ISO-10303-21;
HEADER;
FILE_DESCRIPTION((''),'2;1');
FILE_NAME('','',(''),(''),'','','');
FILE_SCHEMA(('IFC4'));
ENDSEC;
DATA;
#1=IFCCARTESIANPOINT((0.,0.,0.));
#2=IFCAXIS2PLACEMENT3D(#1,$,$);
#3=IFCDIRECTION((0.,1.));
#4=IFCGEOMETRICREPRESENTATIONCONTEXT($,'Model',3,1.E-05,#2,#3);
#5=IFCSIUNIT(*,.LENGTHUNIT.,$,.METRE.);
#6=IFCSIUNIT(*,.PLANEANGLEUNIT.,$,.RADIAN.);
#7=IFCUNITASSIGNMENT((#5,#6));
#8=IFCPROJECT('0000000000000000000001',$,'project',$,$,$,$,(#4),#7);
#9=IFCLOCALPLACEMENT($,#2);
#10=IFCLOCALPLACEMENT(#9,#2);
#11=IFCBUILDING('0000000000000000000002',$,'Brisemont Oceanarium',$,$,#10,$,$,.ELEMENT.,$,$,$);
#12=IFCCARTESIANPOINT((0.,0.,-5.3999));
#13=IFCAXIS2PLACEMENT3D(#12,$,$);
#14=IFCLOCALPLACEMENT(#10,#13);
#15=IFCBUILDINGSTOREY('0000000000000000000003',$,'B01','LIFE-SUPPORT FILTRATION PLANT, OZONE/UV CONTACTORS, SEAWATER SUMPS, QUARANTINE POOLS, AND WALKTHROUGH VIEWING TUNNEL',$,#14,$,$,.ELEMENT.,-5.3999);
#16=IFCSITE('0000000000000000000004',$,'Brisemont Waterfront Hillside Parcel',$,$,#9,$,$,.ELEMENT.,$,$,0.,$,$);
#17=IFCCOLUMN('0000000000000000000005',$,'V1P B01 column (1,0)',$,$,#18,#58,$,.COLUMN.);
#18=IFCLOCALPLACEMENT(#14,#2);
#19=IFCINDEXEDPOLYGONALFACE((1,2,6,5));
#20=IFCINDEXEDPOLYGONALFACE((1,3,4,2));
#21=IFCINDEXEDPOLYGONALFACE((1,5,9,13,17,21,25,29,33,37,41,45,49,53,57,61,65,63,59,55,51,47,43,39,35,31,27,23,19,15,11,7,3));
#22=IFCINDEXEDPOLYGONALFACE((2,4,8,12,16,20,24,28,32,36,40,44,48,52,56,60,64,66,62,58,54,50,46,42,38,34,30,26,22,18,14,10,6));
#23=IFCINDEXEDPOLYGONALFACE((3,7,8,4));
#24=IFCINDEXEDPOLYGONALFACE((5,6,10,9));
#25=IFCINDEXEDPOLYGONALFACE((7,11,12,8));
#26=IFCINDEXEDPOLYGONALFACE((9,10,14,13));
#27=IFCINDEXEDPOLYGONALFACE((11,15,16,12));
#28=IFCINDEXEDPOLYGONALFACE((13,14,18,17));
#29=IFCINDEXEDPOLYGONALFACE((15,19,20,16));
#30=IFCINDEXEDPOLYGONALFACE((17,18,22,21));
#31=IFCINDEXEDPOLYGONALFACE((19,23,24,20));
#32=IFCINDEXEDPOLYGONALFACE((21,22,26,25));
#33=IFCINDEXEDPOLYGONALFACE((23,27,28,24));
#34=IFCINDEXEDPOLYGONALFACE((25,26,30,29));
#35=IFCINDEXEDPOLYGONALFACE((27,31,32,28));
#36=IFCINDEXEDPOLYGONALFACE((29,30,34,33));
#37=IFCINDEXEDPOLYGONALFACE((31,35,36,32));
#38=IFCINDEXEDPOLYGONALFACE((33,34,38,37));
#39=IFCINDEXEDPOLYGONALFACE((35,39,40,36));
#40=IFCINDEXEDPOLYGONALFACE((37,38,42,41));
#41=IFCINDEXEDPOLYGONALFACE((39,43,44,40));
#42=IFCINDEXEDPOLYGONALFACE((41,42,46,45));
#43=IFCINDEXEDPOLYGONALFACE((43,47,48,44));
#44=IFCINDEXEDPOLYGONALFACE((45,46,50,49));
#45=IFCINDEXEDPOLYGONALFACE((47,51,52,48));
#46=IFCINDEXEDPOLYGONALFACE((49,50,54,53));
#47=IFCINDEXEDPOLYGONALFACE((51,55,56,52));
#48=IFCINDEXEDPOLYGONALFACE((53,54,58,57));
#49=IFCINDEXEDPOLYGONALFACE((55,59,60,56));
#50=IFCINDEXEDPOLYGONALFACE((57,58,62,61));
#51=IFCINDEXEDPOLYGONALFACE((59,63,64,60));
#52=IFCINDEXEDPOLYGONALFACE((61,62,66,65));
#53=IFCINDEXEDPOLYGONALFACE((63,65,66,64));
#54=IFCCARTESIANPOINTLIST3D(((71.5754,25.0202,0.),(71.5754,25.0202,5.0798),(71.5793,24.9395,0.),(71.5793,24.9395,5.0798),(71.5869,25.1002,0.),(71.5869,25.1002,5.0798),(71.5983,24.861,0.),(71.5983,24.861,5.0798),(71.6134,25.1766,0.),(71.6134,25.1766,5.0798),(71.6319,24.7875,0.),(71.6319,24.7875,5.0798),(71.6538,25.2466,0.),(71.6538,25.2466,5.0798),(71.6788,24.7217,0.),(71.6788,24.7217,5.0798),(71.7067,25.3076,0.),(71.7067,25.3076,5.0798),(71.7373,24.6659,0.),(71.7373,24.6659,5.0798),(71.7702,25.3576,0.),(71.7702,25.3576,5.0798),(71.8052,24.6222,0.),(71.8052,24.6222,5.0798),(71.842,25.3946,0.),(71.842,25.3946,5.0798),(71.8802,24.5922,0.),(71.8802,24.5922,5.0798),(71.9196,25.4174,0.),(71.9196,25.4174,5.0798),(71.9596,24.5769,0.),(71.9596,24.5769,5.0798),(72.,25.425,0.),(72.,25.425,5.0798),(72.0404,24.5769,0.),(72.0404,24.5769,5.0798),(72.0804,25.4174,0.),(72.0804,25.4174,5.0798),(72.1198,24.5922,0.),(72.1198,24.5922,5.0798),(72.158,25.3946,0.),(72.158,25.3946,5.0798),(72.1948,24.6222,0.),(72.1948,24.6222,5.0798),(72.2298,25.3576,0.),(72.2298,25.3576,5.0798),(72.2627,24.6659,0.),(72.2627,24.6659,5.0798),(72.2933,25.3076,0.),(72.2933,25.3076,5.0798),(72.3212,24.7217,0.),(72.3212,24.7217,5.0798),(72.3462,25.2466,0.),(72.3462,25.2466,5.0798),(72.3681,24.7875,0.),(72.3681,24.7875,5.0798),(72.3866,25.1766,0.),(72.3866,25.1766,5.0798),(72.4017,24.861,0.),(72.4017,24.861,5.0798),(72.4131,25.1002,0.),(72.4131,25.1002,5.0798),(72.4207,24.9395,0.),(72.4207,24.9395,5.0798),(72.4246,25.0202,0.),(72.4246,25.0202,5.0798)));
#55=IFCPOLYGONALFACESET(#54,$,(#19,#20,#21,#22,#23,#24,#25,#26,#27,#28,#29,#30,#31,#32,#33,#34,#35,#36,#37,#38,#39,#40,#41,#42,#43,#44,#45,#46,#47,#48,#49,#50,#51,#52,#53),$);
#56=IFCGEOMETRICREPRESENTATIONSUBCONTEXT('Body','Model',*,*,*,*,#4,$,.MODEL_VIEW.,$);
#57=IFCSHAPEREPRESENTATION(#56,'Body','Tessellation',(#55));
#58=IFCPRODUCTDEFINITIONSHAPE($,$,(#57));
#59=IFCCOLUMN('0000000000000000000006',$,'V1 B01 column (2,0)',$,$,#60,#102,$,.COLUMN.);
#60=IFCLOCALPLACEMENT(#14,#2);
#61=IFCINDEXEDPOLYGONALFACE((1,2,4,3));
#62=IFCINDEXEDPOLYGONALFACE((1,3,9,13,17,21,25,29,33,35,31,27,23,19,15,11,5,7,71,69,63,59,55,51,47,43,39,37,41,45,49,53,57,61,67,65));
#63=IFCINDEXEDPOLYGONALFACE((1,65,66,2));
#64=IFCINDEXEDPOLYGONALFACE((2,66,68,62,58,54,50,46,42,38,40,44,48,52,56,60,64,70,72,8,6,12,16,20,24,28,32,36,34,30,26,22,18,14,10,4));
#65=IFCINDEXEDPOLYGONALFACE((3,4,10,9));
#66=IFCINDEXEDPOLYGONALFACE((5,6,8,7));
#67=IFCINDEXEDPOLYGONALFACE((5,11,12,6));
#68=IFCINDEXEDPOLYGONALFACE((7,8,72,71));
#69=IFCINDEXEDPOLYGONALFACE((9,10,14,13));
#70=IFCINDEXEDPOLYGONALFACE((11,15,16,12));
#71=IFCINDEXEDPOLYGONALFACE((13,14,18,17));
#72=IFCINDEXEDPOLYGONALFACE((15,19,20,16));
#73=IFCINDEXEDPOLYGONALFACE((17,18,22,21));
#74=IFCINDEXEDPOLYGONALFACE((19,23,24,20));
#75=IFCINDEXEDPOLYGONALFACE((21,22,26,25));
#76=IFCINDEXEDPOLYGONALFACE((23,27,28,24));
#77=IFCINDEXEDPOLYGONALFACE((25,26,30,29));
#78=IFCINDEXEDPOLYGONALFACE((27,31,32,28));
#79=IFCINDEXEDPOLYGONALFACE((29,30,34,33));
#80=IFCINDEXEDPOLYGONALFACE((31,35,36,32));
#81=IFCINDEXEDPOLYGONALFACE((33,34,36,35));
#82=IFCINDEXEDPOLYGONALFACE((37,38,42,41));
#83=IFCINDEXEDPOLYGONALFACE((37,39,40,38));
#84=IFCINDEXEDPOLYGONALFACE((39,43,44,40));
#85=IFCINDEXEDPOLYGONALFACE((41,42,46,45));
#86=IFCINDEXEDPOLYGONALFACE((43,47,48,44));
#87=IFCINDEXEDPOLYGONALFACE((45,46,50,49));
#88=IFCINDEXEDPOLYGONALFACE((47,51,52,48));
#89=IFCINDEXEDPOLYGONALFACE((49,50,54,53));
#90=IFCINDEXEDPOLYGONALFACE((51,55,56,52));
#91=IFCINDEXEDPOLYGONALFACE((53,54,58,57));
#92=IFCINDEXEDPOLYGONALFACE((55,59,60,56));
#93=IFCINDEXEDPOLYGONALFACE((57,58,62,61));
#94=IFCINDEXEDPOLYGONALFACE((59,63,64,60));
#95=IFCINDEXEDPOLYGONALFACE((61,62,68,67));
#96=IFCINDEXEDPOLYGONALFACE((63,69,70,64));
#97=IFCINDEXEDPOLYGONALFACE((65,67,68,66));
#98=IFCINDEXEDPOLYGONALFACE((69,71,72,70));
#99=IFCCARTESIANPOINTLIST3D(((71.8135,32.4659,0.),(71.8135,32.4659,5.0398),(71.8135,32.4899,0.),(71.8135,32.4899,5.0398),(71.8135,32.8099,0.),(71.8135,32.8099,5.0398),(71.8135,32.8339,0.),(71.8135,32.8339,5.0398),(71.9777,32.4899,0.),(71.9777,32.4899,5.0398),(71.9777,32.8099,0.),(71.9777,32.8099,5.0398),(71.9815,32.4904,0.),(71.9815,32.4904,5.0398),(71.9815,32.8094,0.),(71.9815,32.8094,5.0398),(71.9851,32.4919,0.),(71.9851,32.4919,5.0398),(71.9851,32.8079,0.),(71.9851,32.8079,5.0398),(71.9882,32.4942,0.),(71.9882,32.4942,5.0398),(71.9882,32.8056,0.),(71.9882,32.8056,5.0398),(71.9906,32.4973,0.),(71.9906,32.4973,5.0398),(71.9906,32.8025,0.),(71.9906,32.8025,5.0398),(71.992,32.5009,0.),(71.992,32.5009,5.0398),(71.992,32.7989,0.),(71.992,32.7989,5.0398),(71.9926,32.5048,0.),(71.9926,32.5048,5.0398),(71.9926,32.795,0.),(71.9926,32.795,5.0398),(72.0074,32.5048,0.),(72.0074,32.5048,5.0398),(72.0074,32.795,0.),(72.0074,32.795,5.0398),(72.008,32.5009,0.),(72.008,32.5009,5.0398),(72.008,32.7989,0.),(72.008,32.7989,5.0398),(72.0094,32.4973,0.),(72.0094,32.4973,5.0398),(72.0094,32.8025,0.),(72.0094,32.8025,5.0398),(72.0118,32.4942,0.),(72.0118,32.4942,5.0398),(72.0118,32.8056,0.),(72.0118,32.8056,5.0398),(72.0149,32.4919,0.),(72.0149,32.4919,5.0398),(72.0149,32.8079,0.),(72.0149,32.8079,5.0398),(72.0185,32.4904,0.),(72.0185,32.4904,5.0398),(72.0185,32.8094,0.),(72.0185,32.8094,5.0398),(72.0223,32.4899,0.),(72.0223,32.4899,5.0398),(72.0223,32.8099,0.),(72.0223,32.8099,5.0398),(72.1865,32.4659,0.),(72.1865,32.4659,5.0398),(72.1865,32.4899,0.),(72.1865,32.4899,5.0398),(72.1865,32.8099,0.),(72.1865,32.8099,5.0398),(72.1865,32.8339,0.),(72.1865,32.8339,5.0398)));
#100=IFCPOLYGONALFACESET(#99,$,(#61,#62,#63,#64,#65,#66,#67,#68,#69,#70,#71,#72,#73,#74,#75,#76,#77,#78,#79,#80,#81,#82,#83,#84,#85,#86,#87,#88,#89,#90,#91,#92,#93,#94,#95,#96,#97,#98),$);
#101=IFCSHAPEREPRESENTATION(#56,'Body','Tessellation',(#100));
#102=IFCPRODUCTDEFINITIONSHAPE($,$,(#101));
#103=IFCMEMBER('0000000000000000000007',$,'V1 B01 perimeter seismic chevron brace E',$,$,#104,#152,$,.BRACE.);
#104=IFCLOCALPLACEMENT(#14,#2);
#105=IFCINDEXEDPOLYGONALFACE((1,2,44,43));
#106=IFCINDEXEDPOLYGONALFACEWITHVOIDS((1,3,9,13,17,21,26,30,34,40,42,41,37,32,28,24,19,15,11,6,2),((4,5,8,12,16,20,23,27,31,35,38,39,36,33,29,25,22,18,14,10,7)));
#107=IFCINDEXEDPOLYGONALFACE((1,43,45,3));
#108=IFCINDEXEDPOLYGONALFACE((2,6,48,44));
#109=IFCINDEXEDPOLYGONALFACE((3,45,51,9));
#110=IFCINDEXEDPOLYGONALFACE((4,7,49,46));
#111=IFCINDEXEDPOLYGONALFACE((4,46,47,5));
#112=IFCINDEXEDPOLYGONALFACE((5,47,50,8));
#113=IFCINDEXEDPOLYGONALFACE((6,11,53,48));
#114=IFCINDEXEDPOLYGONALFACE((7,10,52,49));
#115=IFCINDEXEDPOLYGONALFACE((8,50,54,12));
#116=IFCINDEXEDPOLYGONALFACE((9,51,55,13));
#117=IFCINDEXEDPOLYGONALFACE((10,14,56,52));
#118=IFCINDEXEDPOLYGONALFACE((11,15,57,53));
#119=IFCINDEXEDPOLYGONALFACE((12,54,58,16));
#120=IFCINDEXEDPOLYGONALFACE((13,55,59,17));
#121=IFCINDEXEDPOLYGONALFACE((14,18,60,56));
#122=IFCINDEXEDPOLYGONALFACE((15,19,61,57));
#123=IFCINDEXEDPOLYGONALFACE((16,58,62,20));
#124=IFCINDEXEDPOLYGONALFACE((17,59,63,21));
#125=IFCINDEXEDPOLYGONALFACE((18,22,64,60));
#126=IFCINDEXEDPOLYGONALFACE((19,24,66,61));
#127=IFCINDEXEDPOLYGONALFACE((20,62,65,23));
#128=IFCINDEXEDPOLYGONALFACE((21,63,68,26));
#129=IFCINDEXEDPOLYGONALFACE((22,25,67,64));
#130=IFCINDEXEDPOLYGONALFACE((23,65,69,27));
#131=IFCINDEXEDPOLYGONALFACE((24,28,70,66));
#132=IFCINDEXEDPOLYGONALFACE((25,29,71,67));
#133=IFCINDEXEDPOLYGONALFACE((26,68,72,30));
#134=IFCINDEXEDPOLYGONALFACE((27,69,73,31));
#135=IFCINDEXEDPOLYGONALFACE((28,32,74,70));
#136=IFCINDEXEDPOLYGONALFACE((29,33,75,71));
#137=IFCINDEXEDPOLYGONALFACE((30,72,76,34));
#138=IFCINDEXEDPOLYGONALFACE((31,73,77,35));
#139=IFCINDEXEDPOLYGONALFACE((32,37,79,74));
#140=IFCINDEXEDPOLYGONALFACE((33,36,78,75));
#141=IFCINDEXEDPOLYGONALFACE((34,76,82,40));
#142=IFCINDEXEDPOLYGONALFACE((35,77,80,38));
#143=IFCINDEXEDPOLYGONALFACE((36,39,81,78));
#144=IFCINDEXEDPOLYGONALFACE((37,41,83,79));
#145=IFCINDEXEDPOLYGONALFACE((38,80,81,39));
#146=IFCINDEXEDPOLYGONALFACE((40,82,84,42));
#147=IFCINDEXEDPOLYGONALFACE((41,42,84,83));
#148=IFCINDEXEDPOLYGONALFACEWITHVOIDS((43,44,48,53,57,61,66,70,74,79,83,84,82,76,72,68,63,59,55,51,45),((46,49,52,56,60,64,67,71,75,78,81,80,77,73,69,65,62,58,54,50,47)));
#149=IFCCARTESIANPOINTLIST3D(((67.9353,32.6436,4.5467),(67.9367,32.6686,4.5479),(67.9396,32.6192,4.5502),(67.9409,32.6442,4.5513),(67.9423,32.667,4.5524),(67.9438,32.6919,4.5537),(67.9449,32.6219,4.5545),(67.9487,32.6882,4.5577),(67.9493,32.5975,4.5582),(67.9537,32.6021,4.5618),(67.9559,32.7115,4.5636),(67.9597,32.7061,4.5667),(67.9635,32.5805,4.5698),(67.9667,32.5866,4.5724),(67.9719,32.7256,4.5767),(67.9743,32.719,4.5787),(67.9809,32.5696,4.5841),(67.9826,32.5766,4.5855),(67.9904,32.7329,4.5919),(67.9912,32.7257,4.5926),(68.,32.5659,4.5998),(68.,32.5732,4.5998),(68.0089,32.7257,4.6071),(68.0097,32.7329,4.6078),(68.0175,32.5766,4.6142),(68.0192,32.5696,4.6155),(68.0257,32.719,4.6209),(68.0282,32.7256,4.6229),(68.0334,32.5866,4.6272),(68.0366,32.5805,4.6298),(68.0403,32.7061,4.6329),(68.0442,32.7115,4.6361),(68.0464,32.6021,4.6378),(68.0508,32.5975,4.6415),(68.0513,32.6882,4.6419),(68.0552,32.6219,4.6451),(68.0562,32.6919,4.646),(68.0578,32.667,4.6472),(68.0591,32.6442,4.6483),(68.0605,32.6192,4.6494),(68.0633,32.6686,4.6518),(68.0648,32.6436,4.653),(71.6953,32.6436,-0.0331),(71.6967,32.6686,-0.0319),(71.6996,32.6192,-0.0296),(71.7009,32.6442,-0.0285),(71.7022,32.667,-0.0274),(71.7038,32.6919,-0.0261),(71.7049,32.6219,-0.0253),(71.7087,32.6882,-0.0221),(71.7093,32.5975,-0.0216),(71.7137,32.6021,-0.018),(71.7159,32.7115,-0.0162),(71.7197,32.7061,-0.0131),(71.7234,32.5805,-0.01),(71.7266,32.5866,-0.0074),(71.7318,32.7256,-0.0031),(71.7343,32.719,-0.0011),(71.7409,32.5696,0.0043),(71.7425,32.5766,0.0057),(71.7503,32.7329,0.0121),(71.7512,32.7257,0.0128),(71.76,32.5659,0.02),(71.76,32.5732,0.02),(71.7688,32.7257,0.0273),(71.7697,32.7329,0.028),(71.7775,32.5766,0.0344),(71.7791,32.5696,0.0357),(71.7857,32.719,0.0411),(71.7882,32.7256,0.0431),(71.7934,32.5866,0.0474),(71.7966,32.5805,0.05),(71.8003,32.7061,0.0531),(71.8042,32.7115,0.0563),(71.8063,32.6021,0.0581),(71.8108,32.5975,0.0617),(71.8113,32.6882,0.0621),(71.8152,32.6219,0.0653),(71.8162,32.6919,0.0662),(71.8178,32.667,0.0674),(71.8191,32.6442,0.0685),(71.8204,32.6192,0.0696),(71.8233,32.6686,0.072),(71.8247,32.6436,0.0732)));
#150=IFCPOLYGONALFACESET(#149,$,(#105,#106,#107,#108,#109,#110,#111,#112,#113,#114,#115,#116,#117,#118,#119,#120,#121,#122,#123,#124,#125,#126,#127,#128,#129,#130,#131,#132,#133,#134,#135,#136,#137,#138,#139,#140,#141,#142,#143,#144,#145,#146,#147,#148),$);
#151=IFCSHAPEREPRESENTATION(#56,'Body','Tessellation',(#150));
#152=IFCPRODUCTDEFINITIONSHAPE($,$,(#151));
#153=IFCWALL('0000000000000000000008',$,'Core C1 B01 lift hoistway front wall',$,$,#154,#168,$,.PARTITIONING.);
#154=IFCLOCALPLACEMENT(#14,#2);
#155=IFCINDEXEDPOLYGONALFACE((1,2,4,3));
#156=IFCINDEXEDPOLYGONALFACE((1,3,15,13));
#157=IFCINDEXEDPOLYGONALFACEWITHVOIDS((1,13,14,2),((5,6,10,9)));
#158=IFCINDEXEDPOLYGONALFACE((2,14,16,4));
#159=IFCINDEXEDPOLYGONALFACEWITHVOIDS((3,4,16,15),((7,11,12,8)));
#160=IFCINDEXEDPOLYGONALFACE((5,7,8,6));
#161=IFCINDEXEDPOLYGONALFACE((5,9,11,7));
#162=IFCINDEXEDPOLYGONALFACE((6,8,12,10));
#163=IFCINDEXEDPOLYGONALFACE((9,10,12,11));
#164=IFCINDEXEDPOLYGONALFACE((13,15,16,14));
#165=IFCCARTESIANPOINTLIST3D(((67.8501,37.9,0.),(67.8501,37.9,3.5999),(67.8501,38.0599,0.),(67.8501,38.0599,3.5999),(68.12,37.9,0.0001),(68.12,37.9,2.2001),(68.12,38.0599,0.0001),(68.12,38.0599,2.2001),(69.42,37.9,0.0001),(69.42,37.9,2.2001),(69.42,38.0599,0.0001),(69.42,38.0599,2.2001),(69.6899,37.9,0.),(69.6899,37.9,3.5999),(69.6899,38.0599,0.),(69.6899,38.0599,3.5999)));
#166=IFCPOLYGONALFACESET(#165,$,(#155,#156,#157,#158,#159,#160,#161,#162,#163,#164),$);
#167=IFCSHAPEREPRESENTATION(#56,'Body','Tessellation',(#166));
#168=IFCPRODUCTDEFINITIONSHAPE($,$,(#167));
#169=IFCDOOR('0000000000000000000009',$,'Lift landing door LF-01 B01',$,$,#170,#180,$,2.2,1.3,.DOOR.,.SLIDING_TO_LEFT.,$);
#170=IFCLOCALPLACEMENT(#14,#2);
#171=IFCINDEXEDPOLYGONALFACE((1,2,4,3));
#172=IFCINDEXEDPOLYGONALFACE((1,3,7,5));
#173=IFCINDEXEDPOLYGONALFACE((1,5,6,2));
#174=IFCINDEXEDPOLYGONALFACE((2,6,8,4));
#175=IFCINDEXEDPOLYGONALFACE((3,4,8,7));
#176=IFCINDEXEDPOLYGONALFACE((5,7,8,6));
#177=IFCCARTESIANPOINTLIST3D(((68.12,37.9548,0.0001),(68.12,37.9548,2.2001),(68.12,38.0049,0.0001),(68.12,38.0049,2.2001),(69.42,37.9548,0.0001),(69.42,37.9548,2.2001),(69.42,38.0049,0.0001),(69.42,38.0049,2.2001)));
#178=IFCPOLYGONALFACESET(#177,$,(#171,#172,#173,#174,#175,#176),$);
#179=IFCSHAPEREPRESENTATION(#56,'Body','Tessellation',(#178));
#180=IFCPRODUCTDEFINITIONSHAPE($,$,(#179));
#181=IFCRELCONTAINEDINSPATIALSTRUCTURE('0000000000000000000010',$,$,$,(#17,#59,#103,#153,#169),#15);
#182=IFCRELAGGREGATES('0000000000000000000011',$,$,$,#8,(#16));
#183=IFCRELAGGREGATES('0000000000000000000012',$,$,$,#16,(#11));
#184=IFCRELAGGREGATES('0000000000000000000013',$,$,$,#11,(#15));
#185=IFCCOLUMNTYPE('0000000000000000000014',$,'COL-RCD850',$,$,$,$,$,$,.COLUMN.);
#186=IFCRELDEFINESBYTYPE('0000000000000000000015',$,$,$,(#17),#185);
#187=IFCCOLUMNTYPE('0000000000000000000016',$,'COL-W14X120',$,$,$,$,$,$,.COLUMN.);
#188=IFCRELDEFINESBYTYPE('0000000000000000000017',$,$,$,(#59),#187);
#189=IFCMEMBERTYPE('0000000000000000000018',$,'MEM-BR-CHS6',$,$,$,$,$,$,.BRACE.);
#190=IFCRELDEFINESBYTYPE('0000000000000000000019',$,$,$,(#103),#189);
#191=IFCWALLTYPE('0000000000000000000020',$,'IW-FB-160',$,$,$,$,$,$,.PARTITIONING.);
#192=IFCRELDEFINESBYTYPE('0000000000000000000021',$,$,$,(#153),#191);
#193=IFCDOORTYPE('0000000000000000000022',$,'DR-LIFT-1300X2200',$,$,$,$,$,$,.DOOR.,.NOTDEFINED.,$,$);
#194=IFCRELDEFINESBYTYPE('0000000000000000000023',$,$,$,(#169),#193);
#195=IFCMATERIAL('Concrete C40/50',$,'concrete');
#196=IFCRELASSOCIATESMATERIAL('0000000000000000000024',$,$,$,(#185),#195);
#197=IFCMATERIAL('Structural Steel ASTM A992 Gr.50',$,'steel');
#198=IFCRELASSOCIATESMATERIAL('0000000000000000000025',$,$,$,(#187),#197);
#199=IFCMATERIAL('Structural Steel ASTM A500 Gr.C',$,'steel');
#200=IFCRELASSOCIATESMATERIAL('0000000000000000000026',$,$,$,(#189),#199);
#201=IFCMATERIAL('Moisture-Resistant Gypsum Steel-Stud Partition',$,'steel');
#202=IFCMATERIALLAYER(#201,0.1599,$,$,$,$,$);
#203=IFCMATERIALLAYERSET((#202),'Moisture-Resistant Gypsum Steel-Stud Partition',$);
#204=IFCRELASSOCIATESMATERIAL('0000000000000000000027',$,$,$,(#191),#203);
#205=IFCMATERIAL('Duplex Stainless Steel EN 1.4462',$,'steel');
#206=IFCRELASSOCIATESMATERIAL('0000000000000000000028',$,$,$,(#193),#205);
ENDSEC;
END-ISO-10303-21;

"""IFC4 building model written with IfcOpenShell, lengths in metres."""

from ifc_helpers import new_model, si_unit, direction, frame, frame_2d, origin, origin_2d, place, context, subcontext, project, spatial, rectangle, circle, hollow_circle, i_section, extrude, material, layer, layer_set, material_profile, profile_set, type_object, element, fill, save


model = new_model("IFC4")

# Units and contexts
model_context = context("Model", 3, precision=1e-05, world=origin(), true_north=direction((0.0, 1.0)))
body_context = subcontext(model_context, "Body", "Model", "MODEL_VIEW")
ifc_project = project(units=[si_unit("LENGTHUNIT", "METRE"), si_unit("PLANEANGLEUNIT", "RADIAN")], contexts=[model_context])

# Site, building, storey
site_placement = place(None, origin())
site = spatial("IfcSite", under=ifc_project, at=site_placement, Name="Brisemont Waterfront Hillside Parcel", CompositionType="ELEMENT", RefElevation=0.0)
building_placement = place(site_placement, origin())
building = spatial("IfcBuilding", under=site, at=building_placement, Name="Brisemont Oceanarium", CompositionType="ELEMENT")
storey_placement = place(building_placement, frame((0.0, 0.0, -5.3999)))
storey = spatial("IfcBuildingStorey", under=building, at=storey_placement, Name="B01", Description="LIFE-SUPPORT FILTRATION PLANT, OZONE/UV CONTACTORS, SEAWATER SUMPS, QUARANTINE POOLS, AND WALKTHROUGH VIEWING TUNNEL", CompositionType="ELEMENT", Elevation=-5.3999)

# Columns
ifc_material_1 = material(Name="Concrete C40/50", Category="concrete")
ifc_material_profile_1 = material_profile(ifc_material_1, circle(Radius=0.425, at=origin_2d()), Name="RC-COL-D850")
ifc_profile_set_1 = profile_set([ifc_material_profile_1], Name="Concrete C40/50")
column_type_1 = type_object("IfcColumnType", Name="COL-RCD850", PredefinedType="COLUMN", material=ifc_profile_set_1)
column_1_placement = place(storey_placement, frame((72.0, 25.0, 0.0), z_axis=(0.0, 0.0, 1.0), x_axis=(0.0, 1.0, 0.0)))
element("IfcColumn", 1, at=column_1_placement, inside=storey, type_object=column_type_1, Name="V1P B01 column (1,0)", PredefinedType="COLUMN", context=body_context, shape_type="SweptSolid", body=[
    extrude(circle(Radius=0.425, at=origin_2d()), origin(), (0.0, 0.0, 1.0), 5.0798),
])
ifc_material_2 = material(Name="Structural Steel ASTM A992 Gr.50", Category="steel")
ifc_material_profile_2 = material_profile(ifc_material_2, i_section(OverallWidth=0.373, OverallDepth=0.3679, WebThickness=0.0149, FlangeThickness=0.0239, FilletRadius=0.0149, at=origin_2d()), Name="W14X120")
ifc_profile_set_2 = profile_set([ifc_material_profile_2], Name="Structural Steel ASTM A992 Gr.50")
column_type_2 = type_object("IfcColumnType", Name="COL-W14X120", PredefinedType="COLUMN", material=ifc_profile_set_2)
column_2_placement = place(storey_placement, frame((72.0, 32.6499, 0.0), z_axis=(0.0, 0.0, 1.0), x_axis=(1.0, 0.0, 0.0)))
element("IfcColumn", 2, at=column_2_placement, inside=storey, type_object=column_type_2, Name="V1 B01 column (2,0)", PredefinedType="COLUMN", context=body_context, shape_type="SweptSolid", body=[
    extrude(i_section(OverallWidth=0.373, OverallDepth=0.3679, WebThickness=0.0149, FlangeThickness=0.0239, FilletRadius=0.0149, at=origin_2d()), origin(), (0.0, 0.0, 1.0), 5.0398),
])

# Member
ifc_material_3 = material(Name="Structural Steel ASTM A500 Gr.C", Category="steel")
ifc_material_profile_3 = material_profile(ifc_material_3, hollow_circle(Radius=0.084, WallThickness=0.0073, at=origin_2d()), Name="HSS6.625X0.312")
ifc_profile_set_3 = profile_set([ifc_material_profile_3], Name="Structural Steel ASTM A500 Gr.C")
member_type = type_object("IfcMemberType", Name="MEM-BR-CHS6", PredefinedType="BRACE", material=ifc_profile_set_3)
member_placement = place(storey_placement, frame((71.76, 32.6499, 0.02), z_axis=(-0.634538, 0.0, 0.772892), x_axis=(0.0, -1.0, 0.0)))
element("IfcMember", 3, at=member_placement, inside=storey, type_object=member_type, Name="V1 B01 perimeter seismic chevron brace E", PredefinedType="BRACE", context=body_context, shape_type="SweptSolid", body=[
    extrude(hollow_circle(Radius=0.084, WallThickness=0.0073, at=origin_2d()), origin(), (0.0, 0.0, 1.0), 5.9255),
])

# Wall, opening, door
ifc_material_4 = material(Name="Moisture-Resistant Gypsum Steel-Stud Partition", Category="steel")
ifc_layer_1 = layer(ifc_material_4, 0.1599)
ifc_layer_set_1 = layer_set([ifc_layer_1], Name="Moisture-Resistant Gypsum Steel-Stud Partition")
wall_type_1 = type_object("IfcWallType", Name="IW-FB-160", PredefinedType="PARTITIONING", material=ifc_layer_set_1)
wall_1_placement = place(storey_placement, frame((67.8501, 37.98, 0.0), z_axis=(0.0, 0.0, 1.0), x_axis=(1.0, 0.0, 0.0)))
wall_1 = element("IfcWall", 4, at=wall_1_placement, inside=storey, type_object=wall_type_1, Name="Core C1 B01 lift hoistway front wall", PredefinedType="PARTITIONING", context=body_context, shape_type="SweptSolid", body=[
    extrude(rectangle(XDim=1.8398, YDim=0.1599, at=frame_2d((0.9199, 0.0))), origin(), (0.0, 0.0, 1.0), 3.5999),
])
opening_placement = place(wall_1_placement, frame((0.27, 0.0, 0.0)))
opening = element("IfcOpeningElement", 5, at=opening_placement, cuts=wall_1, PredefinedType="OPENING", context=body_context, shape_type="SweptSolid", body=[
    extrude(rectangle(XDim=1.3, YDim=2.2, at=frame_2d((0.6499, 1.1001))), frame((0.0, 0.0898, 0.0), z_axis=(0.0, -1.0, 0.0), x_axis=(1.0, 0.0, 0.0)), (0.0, 0.0, 1.0), 0.1799),
])
ifc_material_5 = material(Name="Duplex Stainless Steel EN 1.4462", Category="steel")
door_type = type_object("IfcDoorType", Name="DR-LIFT-1300X2200", OperationType="NOTDEFINED", PredefinedType="DOOR", material=ifc_material_5)
door_placement = place(opening_placement, origin())
door = element("IfcDoor", 6, at=door_placement, inside=storey, type_object=door_type, Name="Lift landing door LF-01 B01", OperationType="SLIDING_TO_LEFT", OverallHeight=2.2, OverallWidth=1.3, PredefinedType="DOOR", context=body_context, shape_type="SweptSolid", body=[
    extrude(rectangle(XDim=1.3, YDim=2.2, at=frame_2d((0.6499, 1.1001))), frame((0.0, 0.0249, 0.0), z_axis=(0.0, -1.0, 0.0), x_axis=(1.0, 0.0, 0.0)), (0.0, 0.0, 1.0), 0.05),
])
fill(opening, door)

save(model, "model.ifc")
